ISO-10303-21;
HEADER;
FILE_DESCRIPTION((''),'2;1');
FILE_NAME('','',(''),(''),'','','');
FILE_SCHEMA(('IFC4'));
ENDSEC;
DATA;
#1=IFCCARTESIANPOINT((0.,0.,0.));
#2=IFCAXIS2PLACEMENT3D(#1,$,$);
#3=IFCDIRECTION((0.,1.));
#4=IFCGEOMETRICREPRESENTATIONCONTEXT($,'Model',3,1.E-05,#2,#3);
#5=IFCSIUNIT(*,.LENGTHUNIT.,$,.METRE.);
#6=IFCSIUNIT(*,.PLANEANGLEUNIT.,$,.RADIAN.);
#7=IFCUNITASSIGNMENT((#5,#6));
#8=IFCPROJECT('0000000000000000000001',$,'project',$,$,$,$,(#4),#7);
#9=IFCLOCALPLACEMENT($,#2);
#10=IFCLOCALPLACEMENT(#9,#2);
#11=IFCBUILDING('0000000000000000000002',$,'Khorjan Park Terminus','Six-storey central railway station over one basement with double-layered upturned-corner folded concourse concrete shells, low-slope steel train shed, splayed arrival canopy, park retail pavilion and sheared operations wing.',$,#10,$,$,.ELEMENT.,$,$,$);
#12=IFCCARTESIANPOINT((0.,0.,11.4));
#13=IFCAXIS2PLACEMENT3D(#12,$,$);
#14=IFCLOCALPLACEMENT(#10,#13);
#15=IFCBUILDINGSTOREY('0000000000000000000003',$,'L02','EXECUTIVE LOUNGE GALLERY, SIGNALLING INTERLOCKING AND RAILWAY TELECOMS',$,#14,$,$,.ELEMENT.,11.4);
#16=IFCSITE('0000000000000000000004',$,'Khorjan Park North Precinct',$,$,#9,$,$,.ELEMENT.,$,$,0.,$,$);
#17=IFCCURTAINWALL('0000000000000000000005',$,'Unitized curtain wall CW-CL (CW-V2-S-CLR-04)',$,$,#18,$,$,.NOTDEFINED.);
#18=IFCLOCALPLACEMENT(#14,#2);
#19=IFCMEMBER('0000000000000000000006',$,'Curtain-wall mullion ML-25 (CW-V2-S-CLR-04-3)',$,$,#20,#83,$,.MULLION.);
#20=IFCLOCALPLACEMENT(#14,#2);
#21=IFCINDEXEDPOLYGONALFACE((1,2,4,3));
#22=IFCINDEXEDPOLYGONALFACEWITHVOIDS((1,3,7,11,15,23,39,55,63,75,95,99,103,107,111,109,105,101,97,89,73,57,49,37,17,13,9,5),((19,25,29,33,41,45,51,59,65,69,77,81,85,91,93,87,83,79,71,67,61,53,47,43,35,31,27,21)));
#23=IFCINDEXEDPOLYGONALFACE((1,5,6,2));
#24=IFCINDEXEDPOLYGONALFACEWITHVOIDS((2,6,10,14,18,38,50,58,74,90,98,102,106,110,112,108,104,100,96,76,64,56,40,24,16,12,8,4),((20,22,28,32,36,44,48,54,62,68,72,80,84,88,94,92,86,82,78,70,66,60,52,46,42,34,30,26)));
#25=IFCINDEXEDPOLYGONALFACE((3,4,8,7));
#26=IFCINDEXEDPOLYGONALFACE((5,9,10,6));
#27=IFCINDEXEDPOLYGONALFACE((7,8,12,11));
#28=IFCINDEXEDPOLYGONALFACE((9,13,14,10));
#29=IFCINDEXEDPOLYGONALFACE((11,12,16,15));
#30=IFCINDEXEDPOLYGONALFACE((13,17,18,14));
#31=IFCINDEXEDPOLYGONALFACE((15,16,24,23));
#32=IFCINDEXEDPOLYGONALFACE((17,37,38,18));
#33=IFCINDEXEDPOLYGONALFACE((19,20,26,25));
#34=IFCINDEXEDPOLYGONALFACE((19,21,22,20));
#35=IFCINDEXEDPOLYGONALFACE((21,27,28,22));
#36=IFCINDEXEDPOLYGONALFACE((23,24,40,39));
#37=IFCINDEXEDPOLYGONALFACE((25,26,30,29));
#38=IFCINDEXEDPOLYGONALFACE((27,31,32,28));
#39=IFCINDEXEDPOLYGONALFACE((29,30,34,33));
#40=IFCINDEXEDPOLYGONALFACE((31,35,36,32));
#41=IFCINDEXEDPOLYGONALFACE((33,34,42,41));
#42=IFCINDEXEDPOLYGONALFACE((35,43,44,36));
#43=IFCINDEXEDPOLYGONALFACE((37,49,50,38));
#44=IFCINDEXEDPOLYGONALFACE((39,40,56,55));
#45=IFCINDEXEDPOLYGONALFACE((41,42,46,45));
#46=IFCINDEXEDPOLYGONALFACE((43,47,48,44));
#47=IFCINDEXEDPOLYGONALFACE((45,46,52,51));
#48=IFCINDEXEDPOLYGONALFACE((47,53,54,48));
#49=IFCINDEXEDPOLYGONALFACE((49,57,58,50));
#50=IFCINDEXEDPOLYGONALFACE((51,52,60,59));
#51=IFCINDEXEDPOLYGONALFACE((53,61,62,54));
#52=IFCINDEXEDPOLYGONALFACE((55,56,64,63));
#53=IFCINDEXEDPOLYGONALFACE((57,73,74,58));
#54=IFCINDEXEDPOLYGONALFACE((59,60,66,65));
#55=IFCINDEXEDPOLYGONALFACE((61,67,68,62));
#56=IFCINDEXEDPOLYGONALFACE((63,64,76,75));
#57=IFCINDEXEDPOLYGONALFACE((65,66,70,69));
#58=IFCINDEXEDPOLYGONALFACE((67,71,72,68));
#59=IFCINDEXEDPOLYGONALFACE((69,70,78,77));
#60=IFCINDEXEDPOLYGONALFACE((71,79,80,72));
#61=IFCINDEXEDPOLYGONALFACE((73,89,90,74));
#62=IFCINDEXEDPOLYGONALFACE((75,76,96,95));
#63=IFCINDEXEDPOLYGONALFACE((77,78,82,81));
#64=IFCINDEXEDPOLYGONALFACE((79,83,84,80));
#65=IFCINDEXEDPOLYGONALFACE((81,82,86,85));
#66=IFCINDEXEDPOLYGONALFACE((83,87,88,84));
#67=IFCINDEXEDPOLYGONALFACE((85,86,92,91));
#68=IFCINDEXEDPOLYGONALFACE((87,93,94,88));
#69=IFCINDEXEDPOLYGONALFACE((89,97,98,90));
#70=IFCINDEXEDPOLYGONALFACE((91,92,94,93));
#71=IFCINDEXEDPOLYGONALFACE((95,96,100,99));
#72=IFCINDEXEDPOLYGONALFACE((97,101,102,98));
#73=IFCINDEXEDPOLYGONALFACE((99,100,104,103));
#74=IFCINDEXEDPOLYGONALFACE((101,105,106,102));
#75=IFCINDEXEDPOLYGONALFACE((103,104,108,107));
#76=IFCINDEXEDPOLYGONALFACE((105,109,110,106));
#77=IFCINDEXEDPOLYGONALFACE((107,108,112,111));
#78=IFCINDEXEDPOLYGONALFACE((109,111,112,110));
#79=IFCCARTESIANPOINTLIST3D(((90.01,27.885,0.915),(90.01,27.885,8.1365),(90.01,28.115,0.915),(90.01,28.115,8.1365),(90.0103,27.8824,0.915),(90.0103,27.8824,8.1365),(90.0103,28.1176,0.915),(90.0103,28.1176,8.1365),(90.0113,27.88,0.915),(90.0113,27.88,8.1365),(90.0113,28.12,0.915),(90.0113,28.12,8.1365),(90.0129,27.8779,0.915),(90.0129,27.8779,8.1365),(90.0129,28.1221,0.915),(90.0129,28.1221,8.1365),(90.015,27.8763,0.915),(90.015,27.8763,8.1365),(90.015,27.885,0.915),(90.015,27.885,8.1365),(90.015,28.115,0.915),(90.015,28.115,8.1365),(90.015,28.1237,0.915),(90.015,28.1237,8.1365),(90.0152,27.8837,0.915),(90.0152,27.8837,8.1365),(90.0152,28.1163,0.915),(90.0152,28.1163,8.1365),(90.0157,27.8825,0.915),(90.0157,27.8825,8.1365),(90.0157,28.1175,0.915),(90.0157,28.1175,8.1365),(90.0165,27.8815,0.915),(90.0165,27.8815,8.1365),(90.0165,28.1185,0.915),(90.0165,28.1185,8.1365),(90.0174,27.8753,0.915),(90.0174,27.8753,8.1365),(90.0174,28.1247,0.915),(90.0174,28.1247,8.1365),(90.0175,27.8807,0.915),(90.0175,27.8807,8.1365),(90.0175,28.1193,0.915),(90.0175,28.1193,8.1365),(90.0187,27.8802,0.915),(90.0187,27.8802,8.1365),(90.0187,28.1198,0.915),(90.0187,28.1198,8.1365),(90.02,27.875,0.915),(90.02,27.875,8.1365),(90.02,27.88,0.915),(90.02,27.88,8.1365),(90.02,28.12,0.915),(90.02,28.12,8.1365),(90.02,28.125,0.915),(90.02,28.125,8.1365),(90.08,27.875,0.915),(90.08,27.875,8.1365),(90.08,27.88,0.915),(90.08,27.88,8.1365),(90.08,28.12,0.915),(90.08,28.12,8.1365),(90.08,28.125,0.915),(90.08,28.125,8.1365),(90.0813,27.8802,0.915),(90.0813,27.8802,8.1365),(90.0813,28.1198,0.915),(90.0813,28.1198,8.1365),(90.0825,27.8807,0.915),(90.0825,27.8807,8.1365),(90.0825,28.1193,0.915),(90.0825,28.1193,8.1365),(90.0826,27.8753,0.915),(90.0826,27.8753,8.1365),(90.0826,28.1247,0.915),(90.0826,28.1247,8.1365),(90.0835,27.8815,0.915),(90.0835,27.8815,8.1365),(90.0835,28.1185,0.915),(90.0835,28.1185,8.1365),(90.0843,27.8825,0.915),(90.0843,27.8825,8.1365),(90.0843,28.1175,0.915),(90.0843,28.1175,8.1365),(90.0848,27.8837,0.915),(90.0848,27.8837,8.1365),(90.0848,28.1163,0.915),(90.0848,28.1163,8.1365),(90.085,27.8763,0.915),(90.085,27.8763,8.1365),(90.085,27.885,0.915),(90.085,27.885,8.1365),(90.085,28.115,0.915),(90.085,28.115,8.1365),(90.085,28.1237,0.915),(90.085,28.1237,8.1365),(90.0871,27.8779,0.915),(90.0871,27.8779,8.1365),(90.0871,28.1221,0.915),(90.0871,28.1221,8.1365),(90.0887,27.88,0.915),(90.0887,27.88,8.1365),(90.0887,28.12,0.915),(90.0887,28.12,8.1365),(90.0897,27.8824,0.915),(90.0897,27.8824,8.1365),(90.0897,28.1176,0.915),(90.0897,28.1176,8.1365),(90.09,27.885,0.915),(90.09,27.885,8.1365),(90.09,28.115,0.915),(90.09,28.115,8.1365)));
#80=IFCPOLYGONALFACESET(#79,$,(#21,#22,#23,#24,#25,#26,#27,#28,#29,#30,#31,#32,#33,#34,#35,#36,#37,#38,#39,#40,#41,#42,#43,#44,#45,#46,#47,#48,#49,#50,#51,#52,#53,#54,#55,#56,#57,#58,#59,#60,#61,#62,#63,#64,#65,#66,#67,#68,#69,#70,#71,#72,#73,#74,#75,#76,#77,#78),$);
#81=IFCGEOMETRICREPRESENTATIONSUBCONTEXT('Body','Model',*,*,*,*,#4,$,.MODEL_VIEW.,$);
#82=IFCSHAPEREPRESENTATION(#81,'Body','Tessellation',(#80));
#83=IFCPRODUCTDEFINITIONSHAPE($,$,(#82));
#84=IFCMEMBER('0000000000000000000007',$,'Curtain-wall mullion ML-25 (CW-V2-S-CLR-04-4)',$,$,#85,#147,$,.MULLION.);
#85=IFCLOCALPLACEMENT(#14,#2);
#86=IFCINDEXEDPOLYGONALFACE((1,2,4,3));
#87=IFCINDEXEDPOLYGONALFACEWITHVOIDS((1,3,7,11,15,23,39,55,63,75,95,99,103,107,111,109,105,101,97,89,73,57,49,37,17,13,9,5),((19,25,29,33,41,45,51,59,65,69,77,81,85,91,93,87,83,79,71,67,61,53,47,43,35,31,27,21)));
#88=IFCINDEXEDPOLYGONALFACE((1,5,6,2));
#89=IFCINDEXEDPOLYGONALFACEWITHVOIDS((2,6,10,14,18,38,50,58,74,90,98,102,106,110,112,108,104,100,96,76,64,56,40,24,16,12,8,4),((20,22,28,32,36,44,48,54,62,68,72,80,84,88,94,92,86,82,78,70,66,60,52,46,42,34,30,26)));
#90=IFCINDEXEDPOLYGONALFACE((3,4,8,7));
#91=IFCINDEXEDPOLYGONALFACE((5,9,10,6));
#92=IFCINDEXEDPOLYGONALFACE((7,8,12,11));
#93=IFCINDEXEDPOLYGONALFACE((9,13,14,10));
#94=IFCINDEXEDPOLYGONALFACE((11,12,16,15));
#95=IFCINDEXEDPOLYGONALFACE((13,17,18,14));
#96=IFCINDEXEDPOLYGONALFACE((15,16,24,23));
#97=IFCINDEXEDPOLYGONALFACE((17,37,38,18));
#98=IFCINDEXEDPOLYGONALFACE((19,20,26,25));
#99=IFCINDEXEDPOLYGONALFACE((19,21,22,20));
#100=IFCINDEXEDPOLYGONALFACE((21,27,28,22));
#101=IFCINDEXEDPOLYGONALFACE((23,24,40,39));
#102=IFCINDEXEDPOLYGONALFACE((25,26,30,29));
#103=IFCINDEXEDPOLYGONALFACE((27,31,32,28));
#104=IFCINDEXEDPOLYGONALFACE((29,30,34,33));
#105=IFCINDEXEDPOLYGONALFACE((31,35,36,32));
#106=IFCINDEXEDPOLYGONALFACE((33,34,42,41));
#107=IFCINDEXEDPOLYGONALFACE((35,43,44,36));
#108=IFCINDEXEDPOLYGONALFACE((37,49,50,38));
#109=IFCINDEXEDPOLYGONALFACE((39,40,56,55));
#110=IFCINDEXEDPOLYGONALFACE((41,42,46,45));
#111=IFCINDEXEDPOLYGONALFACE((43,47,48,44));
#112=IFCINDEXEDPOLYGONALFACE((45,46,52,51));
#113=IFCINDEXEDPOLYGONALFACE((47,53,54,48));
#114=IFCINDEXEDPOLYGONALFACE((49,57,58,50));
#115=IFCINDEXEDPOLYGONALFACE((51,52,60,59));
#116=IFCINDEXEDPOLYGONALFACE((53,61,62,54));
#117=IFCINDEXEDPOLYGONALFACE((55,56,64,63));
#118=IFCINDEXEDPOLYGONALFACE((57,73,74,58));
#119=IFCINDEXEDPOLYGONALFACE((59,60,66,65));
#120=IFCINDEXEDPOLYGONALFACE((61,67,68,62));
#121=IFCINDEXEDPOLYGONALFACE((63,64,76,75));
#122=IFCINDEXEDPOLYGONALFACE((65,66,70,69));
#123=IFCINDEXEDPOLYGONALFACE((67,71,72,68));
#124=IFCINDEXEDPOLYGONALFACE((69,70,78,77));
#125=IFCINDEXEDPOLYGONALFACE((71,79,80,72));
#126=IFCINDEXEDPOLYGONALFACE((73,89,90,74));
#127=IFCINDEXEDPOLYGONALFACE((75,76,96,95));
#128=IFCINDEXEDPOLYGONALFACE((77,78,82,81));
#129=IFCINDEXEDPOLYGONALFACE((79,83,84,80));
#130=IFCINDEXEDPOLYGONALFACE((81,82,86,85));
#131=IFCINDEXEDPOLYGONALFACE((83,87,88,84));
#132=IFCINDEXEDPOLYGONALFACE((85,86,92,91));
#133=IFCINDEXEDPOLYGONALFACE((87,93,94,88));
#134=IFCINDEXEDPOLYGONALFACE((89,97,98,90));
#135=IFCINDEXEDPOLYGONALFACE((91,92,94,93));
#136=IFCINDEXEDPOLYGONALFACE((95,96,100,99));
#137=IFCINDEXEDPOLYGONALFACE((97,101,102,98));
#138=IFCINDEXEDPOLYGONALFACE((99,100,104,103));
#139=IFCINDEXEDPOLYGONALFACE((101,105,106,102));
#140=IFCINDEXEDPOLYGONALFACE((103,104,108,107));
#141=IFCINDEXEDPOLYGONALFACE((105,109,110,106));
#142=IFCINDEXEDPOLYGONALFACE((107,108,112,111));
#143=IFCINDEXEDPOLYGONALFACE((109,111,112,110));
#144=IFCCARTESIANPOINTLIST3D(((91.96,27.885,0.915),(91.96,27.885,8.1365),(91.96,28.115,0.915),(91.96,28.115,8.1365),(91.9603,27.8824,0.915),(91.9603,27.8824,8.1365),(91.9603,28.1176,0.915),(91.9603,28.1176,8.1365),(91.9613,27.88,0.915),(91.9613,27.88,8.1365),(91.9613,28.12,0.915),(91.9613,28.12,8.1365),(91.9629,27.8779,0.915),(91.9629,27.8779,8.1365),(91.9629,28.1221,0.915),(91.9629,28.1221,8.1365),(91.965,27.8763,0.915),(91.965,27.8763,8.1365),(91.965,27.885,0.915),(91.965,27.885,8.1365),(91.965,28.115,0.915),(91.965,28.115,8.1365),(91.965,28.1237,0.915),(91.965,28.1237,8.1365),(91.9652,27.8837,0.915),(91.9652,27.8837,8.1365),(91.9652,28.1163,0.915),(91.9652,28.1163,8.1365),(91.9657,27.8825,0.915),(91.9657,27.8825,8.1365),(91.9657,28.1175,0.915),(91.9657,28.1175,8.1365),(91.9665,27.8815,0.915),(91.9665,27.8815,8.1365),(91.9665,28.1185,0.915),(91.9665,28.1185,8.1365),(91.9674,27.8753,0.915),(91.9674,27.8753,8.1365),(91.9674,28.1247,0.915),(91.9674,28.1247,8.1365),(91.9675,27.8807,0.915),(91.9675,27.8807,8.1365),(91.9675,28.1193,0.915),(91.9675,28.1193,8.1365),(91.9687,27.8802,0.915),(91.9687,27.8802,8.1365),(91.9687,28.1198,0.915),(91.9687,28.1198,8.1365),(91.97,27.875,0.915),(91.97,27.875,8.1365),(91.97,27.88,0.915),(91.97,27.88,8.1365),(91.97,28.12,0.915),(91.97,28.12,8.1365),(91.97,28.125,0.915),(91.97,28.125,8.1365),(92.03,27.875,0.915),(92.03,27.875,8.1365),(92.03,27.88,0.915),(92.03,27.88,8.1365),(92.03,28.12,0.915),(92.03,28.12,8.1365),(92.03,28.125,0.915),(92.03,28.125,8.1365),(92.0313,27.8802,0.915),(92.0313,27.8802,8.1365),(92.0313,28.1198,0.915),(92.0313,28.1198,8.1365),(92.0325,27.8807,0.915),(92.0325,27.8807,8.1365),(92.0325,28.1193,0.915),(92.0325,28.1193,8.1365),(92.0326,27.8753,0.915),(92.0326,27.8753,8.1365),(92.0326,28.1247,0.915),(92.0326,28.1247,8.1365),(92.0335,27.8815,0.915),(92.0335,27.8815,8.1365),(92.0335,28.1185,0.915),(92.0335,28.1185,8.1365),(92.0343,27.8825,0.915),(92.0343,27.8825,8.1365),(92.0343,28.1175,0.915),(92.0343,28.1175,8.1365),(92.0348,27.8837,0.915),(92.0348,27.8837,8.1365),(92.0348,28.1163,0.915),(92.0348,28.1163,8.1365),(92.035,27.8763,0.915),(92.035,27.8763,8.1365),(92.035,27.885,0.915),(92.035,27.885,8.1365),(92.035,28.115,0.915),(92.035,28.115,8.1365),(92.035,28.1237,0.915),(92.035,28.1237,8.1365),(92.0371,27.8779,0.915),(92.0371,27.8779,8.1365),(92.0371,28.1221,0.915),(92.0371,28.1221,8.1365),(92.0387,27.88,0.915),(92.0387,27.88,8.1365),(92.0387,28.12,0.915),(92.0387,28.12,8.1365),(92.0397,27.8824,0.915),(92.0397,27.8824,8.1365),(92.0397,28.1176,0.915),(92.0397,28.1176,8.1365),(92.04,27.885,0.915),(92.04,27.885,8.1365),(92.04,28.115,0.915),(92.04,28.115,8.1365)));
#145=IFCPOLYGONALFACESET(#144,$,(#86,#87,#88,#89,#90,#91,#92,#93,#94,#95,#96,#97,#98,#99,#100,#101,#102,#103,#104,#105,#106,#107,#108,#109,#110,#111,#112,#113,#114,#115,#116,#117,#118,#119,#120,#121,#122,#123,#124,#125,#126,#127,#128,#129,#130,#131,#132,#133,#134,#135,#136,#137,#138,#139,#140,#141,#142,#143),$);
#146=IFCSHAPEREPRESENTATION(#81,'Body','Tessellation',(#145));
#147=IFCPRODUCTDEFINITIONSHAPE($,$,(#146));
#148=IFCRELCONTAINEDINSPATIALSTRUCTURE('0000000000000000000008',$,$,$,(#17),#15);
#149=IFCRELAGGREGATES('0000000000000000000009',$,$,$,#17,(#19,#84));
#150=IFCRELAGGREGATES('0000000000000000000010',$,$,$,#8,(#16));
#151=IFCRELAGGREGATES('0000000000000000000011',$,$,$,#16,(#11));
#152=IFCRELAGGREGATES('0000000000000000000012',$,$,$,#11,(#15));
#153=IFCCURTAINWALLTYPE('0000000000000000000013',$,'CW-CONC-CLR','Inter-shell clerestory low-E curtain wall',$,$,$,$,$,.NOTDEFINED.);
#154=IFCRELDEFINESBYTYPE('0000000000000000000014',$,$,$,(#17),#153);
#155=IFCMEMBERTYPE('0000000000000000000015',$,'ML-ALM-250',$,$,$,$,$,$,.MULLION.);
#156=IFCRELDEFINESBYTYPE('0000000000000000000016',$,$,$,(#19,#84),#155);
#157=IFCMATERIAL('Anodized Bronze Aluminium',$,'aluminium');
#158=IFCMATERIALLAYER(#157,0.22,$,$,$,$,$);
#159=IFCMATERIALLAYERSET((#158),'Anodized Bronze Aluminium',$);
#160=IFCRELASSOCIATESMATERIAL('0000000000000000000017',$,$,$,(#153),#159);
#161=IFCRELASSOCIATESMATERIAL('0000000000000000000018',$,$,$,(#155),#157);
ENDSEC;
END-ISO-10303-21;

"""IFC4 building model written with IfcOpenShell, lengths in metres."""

from ifc_helpers import new_model, si_unit, direction, frame, origin, origin_2d, place, context, subcontext, project, spatial, hollow_rectangle, extrude, material, layer, layer_set, material_profile, profile_set, type_object, element, aggregate, save


model = new_model("IFC4")

# Units and contexts
model_context = context("Model", 3, precision=1e-05, world=origin(), true_north=direction((0.0, 1.0)))
body_context = subcontext(model_context, "Body", "Model", "MODEL_VIEW")
ifc_project = project(units=[si_unit("LENGTHUNIT", "METRE"), si_unit("PLANEANGLEUNIT", "RADIAN")], contexts=[model_context])

# Site, building, storey
site_placement = place(None, origin())
site = spatial("IfcSite", under=ifc_project, at=site_placement, Name="Khorjan Park North Precinct", CompositionType="ELEMENT", RefElevation=0.0)
building_placement = place(site_placement, origin())
building = spatial("IfcBuilding", under=site, at=building_placement, Name="Khorjan Park Terminus", Description="Six-storey central railway station over one basement with double-layered upturned-corner folded concourse concrete shells, low-slope steel train shed, splayed arrival canopy, park retail pavilion and sheared operations wing.", CompositionType="ELEMENT")
storey_placement = place(building_placement, frame((0.0, 0.0, 11.4)))
storey = spatial("IfcBuildingStorey", under=building, at=storey_placement, Name="L02", Description="EXECUTIVE LOUNGE GALLERY, SIGNALLING INTERLOCKING AND RAILWAY TELECOMS", CompositionType="ELEMENT", Elevation=11.4)

# Curtain wall, members
ifc_material_1 = material(Name="Anodized Bronze Aluminium", Category="aluminium")
ifc_layer_1 = layer(ifc_material_1, 0.22)
ifc_layer_set_1 = layer_set([ifc_layer_1], Name="Anodized Bronze Aluminium")
curtain_wall_type = type_object("IfcCurtainWallType", Name="CW-CONC-CLR", Description="Inter-shell clerestory low-E curtain wall", PredefinedType="NOTDEFINED", material=ifc_layer_set_1)
curtain_wall_1_placement = place(storey_placement, origin())
curtain_wall_1 = element("IfcCurtainWall", 1, at=curtain_wall_1_placement, inside=storey, type_object=curtain_wall_type, Name="Unitized curtain wall CW-CL (CW-V2-S-CLR-04)", PredefinedType="NOTDEFINED")
ifc_material_profile_1 = material_profile(ifc_material_1, hollow_rectangle(XDim=0.08, YDim=0.25, WallThickness=0.005, InnerFilletRadius=0.005, OuterFilletRadius=0.01, at=origin_2d()), Name="ALM 80x250x5")
ifc_profile_set_1 = profile_set([ifc_material_profile_1], Name="Anodized Bronze Aluminium")
member_type_1 = type_object("IfcMemberType", Name="ML-ALM-250", PredefinedType="MULLION", material=ifc_profile_set_1)
member_1_placement = place(storey_placement, frame((90.05, 28.0, 0.915), z_axis=(0.0, 0.0, 1.0), x_axis=(1.0, 0.0, 0.0)))
member_1 = element("IfcMember", 2, at=member_1_placement, type_object=member_type_1, Name="Curtain-wall mullion ML-25 (CW-V2-S-CLR-04-3)", PredefinedType="MULLION", context=body_context, shape_type="SweptSolid", body=[
    extrude(hollow_rectangle(XDim=0.08, YDim=0.25, WallThickness=0.005, InnerFilletRadius=0.005, OuterFilletRadius=0.01, at=origin_2d()), origin(), (0.0, 0.0, 1.0), 7.2215),
])
member_2_placement = place(storey_placement, frame((92.0, 28.0, 0.915), z_axis=(0.0, 0.0, 1.0), x_axis=(1.0, 0.0, 0.0)))
member_2 = element("IfcMember", 3, at=member_2_placement, type_object=member_type_1, Name="Curtain-wall mullion ML-25 (CW-V2-S-CLR-04-4)", PredefinedType="MULLION", context=body_context, shape_type="SweptSolid", body=[
    extrude(hollow_rectangle(XDim=0.08, YDim=0.25, WallThickness=0.005, InnerFilletRadius=0.005, OuterFilletRadius=0.01, at=origin_2d()), origin(), (0.0, 0.0, 1.0), 7.2215),
])

aggregate(curtain_wall_1, [member_1, member_2])

save(model, "model.ifc")
